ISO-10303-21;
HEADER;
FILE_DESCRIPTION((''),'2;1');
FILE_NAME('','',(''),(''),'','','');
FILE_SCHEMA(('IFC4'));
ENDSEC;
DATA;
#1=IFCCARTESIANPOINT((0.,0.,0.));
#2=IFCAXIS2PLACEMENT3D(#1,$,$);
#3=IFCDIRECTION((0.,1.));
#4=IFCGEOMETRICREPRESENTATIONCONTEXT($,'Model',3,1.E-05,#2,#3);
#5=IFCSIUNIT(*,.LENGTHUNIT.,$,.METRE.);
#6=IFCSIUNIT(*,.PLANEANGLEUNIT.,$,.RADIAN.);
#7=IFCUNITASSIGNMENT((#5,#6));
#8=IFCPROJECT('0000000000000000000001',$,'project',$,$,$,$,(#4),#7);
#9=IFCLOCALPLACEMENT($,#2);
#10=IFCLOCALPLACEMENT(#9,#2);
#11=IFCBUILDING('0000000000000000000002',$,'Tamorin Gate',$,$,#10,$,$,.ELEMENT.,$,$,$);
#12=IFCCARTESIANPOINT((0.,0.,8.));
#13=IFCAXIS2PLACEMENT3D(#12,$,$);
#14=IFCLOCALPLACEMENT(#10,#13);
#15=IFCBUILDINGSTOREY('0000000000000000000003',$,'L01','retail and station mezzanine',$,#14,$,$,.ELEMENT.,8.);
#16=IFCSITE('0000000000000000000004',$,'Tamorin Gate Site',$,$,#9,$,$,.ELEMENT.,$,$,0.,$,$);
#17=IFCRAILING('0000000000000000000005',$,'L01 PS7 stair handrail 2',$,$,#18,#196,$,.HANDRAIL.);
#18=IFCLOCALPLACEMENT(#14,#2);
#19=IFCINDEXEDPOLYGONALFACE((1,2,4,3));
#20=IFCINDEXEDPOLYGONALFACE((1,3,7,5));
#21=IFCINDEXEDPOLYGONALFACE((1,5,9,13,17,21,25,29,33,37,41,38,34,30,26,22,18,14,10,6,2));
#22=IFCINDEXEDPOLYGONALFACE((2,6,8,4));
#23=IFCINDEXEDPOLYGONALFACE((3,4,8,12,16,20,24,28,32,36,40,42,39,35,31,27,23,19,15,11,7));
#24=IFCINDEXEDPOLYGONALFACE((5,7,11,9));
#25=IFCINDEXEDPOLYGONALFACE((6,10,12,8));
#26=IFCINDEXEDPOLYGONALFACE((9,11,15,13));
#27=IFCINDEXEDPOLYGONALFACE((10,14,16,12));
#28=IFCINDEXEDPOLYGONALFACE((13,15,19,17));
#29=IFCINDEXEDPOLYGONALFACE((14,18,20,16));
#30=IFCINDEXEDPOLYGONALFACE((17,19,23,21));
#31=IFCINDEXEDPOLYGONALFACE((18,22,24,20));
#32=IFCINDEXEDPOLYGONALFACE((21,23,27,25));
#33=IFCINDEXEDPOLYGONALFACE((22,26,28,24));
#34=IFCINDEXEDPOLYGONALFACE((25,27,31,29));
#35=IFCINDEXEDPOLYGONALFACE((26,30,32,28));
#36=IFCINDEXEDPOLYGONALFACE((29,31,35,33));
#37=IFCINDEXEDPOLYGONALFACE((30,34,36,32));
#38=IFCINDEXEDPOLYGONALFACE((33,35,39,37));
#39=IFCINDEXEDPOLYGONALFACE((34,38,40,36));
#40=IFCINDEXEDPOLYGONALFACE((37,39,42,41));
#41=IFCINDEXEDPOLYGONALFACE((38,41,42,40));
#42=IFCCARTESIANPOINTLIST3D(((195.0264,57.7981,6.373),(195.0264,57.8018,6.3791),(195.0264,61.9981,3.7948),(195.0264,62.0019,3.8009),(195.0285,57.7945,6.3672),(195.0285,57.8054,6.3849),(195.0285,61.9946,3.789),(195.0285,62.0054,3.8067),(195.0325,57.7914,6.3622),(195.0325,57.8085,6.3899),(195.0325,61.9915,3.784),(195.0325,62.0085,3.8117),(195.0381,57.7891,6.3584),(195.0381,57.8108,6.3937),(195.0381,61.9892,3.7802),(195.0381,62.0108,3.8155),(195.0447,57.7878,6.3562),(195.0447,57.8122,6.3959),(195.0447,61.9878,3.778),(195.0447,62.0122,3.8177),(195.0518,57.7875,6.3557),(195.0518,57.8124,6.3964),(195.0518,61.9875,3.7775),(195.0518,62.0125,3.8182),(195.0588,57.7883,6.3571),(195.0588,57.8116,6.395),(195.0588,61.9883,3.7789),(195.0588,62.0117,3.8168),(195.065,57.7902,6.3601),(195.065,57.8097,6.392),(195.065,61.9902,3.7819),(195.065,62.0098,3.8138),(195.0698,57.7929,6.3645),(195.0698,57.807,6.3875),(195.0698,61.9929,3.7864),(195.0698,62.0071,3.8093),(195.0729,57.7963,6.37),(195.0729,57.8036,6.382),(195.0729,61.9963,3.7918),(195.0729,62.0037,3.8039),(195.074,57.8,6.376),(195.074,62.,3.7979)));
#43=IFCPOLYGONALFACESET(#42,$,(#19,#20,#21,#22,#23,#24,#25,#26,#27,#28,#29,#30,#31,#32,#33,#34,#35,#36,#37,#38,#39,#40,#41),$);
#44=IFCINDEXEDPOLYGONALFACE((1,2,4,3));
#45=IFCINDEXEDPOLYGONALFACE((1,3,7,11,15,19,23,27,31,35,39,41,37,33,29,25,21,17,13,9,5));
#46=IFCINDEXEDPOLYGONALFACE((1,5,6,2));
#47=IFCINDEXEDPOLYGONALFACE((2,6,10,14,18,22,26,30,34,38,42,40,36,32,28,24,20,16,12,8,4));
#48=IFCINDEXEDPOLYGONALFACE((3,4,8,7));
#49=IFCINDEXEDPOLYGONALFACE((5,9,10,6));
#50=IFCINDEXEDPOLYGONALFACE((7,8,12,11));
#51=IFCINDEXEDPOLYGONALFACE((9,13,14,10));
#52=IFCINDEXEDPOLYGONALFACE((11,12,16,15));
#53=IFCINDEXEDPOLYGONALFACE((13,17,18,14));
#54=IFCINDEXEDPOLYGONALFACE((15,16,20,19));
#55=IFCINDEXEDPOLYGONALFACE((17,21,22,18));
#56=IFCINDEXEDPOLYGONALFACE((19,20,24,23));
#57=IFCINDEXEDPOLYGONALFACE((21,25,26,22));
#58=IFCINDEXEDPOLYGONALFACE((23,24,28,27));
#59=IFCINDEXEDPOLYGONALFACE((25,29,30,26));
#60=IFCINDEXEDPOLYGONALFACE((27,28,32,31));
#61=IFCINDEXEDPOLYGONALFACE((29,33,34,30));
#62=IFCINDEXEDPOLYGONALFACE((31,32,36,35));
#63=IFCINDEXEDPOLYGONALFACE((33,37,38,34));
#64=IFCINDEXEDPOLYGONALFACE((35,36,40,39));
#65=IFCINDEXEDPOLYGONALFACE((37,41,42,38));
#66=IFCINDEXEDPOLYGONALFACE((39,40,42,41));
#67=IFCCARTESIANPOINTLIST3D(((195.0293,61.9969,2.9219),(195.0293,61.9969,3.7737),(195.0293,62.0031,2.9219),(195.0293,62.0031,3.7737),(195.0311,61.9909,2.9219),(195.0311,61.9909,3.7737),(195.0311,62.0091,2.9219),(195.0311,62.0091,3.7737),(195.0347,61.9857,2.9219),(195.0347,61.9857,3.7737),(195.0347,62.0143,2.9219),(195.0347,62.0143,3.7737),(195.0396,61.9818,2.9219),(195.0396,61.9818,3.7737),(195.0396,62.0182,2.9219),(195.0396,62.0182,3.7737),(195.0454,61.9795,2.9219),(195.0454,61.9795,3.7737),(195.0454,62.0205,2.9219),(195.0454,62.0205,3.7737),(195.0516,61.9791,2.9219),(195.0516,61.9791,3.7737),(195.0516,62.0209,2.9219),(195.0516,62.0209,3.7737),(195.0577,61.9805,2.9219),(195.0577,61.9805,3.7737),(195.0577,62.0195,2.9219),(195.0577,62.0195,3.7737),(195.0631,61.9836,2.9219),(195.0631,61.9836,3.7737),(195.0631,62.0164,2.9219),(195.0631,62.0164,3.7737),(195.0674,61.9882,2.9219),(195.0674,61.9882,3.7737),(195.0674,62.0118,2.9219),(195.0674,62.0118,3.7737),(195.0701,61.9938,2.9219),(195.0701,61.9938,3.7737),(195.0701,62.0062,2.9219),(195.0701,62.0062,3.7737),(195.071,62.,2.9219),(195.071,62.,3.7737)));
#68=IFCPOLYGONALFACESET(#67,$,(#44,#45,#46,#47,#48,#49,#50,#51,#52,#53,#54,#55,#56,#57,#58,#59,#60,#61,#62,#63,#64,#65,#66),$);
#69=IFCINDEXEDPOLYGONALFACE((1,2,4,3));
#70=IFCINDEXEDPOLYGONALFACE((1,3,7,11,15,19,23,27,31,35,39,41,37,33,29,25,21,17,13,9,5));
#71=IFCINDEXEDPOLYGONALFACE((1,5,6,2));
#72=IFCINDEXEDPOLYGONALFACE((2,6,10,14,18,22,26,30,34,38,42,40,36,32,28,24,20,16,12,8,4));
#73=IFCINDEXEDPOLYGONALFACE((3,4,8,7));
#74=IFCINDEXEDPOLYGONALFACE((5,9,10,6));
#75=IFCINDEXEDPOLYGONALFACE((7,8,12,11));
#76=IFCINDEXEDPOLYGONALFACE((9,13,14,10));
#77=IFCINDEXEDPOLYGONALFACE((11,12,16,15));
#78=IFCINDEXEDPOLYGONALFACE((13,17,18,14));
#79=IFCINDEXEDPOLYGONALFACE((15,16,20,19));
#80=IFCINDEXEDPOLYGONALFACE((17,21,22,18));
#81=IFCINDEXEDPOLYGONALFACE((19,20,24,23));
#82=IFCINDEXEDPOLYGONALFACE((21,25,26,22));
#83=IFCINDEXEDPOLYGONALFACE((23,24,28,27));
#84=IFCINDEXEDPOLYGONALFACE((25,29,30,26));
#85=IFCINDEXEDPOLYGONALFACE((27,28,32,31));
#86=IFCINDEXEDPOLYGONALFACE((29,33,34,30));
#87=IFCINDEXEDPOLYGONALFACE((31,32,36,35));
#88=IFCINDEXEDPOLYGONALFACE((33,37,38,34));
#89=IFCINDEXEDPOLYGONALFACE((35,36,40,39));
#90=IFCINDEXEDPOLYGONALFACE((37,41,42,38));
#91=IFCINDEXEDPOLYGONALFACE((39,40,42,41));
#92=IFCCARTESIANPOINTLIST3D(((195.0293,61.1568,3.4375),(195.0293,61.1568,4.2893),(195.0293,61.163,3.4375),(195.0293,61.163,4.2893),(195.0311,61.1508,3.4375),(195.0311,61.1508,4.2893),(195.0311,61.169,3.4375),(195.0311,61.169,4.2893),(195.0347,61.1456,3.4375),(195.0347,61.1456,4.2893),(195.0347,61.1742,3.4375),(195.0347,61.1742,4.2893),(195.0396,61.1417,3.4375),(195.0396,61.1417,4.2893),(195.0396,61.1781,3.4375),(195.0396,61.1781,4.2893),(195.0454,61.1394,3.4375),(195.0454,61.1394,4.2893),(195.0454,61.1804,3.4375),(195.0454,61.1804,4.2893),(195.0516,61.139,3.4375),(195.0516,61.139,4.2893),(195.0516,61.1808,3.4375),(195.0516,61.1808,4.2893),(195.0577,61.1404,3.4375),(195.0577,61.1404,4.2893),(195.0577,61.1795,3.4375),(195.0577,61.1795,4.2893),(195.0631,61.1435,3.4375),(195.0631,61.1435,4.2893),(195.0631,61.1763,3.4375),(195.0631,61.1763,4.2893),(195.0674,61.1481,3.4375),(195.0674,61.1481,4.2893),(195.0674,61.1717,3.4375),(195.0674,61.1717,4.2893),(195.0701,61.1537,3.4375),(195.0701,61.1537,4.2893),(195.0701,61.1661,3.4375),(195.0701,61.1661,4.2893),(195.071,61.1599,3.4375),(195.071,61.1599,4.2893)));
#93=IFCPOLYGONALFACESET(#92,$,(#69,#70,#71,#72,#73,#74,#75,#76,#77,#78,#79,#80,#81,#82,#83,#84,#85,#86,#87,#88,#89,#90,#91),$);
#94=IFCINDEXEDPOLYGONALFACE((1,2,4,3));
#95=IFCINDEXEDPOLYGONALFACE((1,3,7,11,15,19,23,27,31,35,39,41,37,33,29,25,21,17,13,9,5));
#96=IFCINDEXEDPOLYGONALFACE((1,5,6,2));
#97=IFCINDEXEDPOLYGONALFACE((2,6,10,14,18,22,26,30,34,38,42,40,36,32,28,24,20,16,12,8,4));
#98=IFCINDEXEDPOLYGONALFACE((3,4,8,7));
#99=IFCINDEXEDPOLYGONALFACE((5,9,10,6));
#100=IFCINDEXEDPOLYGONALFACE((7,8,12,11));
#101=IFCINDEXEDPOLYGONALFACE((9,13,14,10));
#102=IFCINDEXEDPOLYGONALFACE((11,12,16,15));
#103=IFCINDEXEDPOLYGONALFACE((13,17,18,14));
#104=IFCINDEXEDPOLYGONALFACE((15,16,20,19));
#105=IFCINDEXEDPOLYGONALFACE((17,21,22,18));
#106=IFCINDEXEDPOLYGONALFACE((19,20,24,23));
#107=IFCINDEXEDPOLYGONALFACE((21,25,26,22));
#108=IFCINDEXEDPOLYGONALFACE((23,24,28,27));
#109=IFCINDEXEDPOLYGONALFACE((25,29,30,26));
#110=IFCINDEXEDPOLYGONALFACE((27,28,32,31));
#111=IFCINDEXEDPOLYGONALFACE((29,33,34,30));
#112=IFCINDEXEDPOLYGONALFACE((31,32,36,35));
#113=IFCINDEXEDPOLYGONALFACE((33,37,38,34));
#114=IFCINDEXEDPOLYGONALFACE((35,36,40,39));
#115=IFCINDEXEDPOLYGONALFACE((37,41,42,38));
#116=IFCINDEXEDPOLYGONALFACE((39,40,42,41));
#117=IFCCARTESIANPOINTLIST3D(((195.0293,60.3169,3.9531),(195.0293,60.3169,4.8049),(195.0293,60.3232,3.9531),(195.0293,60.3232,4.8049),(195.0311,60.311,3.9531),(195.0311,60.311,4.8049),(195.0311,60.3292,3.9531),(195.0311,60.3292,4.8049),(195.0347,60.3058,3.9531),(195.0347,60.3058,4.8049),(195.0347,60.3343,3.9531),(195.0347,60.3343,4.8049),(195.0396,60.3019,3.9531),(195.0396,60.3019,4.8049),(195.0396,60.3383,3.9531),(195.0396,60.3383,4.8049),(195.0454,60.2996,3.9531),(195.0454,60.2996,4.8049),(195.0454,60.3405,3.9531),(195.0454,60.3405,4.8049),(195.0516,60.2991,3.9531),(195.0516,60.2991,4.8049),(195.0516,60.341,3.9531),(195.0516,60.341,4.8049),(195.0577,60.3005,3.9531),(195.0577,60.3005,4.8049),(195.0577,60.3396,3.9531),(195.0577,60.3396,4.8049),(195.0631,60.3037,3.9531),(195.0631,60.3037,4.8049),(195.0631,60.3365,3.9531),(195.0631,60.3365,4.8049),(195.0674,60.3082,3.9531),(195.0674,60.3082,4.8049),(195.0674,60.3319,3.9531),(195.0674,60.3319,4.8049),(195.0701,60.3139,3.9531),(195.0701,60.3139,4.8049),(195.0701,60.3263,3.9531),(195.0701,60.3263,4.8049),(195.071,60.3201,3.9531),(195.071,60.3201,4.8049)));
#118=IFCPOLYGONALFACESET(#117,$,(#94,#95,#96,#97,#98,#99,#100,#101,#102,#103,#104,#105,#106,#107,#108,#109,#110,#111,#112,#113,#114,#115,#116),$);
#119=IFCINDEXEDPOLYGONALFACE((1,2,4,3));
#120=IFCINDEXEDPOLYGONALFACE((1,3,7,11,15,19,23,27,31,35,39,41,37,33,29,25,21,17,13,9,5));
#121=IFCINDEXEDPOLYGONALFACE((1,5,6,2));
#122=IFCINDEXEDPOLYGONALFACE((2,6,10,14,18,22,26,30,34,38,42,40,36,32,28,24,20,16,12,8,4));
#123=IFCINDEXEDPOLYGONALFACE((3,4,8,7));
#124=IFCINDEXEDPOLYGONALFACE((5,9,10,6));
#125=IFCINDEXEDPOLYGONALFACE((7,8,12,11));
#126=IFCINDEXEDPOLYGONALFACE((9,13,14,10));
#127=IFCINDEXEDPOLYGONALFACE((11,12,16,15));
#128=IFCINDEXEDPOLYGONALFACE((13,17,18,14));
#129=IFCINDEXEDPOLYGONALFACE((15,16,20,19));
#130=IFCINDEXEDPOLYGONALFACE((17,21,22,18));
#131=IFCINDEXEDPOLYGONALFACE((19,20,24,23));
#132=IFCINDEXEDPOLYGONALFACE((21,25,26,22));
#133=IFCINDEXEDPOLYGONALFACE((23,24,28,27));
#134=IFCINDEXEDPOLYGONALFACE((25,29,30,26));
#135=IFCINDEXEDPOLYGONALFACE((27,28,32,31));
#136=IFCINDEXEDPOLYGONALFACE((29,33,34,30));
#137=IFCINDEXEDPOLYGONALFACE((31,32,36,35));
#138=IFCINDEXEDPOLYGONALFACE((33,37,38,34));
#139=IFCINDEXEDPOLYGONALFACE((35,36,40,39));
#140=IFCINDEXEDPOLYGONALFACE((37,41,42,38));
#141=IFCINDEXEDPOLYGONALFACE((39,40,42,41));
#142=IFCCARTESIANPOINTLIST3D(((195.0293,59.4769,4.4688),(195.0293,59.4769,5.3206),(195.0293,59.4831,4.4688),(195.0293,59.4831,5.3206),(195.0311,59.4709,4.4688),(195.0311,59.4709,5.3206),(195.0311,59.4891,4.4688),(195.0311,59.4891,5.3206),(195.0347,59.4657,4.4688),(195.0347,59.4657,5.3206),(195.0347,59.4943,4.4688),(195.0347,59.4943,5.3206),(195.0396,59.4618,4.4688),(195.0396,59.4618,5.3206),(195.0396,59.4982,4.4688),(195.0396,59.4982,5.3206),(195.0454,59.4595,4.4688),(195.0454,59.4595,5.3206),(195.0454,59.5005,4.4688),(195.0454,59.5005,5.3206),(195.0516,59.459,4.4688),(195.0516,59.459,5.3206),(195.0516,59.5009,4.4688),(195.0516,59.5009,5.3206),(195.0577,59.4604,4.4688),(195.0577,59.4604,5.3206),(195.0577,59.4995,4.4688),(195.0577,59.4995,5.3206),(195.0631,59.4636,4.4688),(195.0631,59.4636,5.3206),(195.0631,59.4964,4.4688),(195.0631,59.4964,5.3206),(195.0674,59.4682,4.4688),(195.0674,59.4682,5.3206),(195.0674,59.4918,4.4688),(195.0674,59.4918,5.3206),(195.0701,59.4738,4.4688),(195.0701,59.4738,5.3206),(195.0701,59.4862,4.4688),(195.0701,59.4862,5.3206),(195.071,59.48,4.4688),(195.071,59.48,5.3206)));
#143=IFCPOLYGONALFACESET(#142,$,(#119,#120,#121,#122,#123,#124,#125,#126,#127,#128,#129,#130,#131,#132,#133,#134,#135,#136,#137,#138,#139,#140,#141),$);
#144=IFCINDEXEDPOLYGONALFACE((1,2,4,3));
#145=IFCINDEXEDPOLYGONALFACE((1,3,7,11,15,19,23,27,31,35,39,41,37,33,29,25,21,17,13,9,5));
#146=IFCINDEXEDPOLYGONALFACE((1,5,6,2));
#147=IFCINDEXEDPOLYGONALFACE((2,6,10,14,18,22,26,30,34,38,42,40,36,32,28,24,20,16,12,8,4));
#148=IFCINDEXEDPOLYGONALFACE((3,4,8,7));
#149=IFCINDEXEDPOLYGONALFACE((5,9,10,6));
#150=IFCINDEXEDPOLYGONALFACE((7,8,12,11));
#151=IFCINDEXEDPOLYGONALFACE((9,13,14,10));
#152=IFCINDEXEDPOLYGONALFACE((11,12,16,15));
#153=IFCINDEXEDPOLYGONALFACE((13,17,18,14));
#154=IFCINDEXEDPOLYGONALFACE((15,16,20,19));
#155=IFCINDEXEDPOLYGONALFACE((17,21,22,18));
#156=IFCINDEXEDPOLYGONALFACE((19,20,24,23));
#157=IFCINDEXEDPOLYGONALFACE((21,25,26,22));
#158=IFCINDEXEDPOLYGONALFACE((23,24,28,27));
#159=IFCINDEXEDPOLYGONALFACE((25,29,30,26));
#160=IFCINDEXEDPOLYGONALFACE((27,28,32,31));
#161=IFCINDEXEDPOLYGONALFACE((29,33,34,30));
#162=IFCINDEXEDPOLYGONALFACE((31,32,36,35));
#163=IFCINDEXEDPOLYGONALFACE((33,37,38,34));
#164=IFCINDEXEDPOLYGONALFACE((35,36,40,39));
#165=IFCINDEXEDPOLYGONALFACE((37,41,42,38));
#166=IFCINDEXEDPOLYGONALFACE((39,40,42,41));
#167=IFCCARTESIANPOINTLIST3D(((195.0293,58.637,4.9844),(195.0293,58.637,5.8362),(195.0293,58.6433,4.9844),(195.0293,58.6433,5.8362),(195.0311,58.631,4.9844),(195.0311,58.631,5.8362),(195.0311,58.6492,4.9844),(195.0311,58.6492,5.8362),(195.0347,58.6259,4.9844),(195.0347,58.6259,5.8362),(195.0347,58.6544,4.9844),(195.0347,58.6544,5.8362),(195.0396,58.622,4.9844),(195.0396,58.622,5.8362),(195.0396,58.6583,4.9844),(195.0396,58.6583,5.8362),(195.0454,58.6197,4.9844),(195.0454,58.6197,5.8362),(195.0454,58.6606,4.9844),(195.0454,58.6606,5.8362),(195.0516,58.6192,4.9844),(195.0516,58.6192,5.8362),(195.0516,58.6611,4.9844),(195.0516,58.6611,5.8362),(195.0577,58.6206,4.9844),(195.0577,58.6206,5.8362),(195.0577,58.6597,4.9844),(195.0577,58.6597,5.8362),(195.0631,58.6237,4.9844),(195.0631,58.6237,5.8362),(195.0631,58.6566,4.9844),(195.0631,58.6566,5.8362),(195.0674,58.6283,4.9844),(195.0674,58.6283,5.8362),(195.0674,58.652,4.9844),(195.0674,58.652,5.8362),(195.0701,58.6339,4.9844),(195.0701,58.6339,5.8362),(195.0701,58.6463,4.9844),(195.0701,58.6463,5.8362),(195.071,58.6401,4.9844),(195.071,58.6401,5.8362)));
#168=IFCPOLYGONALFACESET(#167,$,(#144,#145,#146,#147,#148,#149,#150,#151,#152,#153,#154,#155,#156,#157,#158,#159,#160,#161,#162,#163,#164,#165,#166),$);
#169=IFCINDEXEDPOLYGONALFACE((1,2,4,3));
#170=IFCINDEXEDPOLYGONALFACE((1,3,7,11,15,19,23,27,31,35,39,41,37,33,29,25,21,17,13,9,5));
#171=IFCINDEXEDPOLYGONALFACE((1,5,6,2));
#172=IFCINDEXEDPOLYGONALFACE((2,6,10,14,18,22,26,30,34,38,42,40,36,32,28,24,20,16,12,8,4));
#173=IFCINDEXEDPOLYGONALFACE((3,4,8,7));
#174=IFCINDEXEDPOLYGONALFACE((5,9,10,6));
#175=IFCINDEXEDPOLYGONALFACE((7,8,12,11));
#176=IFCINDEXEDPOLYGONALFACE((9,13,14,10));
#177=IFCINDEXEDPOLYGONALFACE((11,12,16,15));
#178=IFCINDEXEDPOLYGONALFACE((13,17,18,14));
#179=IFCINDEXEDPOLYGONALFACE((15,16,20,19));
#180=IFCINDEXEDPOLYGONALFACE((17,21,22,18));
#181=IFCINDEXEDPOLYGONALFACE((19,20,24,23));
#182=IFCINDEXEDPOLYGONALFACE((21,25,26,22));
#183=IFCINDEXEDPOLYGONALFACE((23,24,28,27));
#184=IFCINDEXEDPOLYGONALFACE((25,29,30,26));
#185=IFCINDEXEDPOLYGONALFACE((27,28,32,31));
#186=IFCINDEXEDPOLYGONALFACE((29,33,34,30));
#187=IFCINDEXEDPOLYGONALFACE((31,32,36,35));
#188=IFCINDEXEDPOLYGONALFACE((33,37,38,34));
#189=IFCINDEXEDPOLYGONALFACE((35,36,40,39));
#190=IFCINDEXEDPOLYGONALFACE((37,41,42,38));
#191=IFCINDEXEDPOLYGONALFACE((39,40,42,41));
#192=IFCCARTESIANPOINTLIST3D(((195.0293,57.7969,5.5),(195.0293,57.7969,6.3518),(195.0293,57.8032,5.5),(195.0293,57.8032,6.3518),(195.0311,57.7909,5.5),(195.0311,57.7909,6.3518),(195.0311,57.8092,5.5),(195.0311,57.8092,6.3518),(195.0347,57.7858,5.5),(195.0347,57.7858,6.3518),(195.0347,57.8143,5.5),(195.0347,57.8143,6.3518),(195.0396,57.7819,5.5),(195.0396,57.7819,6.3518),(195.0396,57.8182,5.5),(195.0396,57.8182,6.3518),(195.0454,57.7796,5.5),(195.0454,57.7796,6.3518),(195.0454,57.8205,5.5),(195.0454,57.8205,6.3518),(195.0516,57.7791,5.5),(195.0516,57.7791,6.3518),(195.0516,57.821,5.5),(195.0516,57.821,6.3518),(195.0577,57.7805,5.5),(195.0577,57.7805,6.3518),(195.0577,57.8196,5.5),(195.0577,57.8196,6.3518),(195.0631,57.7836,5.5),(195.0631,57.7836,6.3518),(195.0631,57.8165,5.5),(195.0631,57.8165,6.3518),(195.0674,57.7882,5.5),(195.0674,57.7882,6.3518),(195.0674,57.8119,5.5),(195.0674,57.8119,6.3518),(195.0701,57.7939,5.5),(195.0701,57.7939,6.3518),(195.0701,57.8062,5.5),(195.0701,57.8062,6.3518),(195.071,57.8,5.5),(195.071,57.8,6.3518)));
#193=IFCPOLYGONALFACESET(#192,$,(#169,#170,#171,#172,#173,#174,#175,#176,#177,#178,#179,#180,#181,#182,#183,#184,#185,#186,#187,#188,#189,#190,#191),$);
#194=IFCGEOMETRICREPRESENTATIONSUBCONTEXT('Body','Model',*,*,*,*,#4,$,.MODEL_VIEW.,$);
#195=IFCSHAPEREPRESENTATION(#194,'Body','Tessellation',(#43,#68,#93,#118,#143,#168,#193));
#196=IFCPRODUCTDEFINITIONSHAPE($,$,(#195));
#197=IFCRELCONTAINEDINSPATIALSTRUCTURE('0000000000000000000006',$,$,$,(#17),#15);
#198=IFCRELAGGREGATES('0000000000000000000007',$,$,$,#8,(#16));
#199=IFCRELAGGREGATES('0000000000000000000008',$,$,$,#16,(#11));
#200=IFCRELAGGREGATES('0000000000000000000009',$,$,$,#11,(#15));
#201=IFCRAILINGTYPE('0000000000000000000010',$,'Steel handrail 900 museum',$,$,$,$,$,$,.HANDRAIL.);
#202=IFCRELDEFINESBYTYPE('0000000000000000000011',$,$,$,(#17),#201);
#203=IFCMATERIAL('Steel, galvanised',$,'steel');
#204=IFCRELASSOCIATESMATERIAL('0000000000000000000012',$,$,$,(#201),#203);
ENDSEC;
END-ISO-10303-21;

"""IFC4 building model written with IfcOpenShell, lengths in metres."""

from ifc_helpers import new_model, si_unit, direction, frame, origin, origin_2d, place, context, subcontext, project, spatial, circle, extrude, material, type_object, element, save


model = new_model("IFC4")

# Units and contexts
model_context = context("Model", 3, precision=1e-05, world=origin(), true_north=direction((0.0, 1.0)))
body_context = subcontext(model_context, "Body", "Model", "MODEL_VIEW")
ifc_project = project(units=[si_unit("LENGTHUNIT", "METRE"), si_unit("PLANEANGLEUNIT", "RADIAN")], contexts=[model_context])

# Site, building, storey
site_placement = place(None, origin())
site = spatial("IfcSite", under=ifc_project, at=site_placement, Name="Tamorin Gate Site", CompositionType="ELEMENT", RefElevation=0.0)
building_placement = place(site_placement, origin())
building = spatial("IfcBuilding", under=site, at=building_placement, Name="Tamorin Gate", CompositionType="ELEMENT")
storey_placement = place(building_placement, frame((0.0, 0.0, 8.0)))
storey = spatial("IfcBuildingStorey", under=building, at=storey_placement, Name="L01", Description="retail and station mezzanine", CompositionType="ELEMENT", Elevation=8.0)

# Railing
ifc_material_1 = material(Name="Steel, galvanised", Category="steel")
railing_type_1 = type_object("IfcRailingType", Name="Steel handrail 900 museum", PredefinedType="HANDRAIL", material=ifc_material_1)
railing_1_placement = place(storey_placement, frame((195.05, 62.0, 2.9219)))
element("IfcRailing", 1, at=railing_1_placement, inside=storey, type_object=railing_type_1, Name="L01 PS7 stair handrail 2", PredefinedType="HANDRAIL", context=body_context, shape_type="SweptSolid", body=[
    extrude(circle(Radius=0.0239, at=origin_2d()), frame((0.0, 0.0, 0.876), z_axis=(0.0, -0.852243, 0.523146), x_axis=(1.0, 0.0, 0.0)), (0.0, 0.0, 1.0), 4.9282),
    extrude(circle(Radius=0.021, at=origin_2d()), origin(), (0.0, 0.0, 1.0), 0.8518),
    extrude(circle(Radius=0.021, at=origin_2d()), frame((0.0, -0.8401, 0.5156)), (0.0, 0.0, 1.0), 0.8518),
    extrude(circle(Radius=0.021, at=origin_2d()), frame((0.0, -1.6799, 1.0312)), (0.0, 0.0, 1.0), 0.8518),
    extrude(circle(Radius=0.021, at=origin_2d()), frame((0.0, -2.52, 1.5469)), (0.0, 0.0, 1.0), 0.8518),
    extrude(circle(Radius=0.021, at=origin_2d()), frame((0.0, -3.3599, 2.0625)), (0.0, 0.0, 1.0), 0.8518),
    extrude(circle(Radius=0.021, at=origin_2d()), frame((0.0, -4.2, 2.5781)), (0.0, 0.0, 1.0), 0.8518),
])

save(model, "model.ifc")
